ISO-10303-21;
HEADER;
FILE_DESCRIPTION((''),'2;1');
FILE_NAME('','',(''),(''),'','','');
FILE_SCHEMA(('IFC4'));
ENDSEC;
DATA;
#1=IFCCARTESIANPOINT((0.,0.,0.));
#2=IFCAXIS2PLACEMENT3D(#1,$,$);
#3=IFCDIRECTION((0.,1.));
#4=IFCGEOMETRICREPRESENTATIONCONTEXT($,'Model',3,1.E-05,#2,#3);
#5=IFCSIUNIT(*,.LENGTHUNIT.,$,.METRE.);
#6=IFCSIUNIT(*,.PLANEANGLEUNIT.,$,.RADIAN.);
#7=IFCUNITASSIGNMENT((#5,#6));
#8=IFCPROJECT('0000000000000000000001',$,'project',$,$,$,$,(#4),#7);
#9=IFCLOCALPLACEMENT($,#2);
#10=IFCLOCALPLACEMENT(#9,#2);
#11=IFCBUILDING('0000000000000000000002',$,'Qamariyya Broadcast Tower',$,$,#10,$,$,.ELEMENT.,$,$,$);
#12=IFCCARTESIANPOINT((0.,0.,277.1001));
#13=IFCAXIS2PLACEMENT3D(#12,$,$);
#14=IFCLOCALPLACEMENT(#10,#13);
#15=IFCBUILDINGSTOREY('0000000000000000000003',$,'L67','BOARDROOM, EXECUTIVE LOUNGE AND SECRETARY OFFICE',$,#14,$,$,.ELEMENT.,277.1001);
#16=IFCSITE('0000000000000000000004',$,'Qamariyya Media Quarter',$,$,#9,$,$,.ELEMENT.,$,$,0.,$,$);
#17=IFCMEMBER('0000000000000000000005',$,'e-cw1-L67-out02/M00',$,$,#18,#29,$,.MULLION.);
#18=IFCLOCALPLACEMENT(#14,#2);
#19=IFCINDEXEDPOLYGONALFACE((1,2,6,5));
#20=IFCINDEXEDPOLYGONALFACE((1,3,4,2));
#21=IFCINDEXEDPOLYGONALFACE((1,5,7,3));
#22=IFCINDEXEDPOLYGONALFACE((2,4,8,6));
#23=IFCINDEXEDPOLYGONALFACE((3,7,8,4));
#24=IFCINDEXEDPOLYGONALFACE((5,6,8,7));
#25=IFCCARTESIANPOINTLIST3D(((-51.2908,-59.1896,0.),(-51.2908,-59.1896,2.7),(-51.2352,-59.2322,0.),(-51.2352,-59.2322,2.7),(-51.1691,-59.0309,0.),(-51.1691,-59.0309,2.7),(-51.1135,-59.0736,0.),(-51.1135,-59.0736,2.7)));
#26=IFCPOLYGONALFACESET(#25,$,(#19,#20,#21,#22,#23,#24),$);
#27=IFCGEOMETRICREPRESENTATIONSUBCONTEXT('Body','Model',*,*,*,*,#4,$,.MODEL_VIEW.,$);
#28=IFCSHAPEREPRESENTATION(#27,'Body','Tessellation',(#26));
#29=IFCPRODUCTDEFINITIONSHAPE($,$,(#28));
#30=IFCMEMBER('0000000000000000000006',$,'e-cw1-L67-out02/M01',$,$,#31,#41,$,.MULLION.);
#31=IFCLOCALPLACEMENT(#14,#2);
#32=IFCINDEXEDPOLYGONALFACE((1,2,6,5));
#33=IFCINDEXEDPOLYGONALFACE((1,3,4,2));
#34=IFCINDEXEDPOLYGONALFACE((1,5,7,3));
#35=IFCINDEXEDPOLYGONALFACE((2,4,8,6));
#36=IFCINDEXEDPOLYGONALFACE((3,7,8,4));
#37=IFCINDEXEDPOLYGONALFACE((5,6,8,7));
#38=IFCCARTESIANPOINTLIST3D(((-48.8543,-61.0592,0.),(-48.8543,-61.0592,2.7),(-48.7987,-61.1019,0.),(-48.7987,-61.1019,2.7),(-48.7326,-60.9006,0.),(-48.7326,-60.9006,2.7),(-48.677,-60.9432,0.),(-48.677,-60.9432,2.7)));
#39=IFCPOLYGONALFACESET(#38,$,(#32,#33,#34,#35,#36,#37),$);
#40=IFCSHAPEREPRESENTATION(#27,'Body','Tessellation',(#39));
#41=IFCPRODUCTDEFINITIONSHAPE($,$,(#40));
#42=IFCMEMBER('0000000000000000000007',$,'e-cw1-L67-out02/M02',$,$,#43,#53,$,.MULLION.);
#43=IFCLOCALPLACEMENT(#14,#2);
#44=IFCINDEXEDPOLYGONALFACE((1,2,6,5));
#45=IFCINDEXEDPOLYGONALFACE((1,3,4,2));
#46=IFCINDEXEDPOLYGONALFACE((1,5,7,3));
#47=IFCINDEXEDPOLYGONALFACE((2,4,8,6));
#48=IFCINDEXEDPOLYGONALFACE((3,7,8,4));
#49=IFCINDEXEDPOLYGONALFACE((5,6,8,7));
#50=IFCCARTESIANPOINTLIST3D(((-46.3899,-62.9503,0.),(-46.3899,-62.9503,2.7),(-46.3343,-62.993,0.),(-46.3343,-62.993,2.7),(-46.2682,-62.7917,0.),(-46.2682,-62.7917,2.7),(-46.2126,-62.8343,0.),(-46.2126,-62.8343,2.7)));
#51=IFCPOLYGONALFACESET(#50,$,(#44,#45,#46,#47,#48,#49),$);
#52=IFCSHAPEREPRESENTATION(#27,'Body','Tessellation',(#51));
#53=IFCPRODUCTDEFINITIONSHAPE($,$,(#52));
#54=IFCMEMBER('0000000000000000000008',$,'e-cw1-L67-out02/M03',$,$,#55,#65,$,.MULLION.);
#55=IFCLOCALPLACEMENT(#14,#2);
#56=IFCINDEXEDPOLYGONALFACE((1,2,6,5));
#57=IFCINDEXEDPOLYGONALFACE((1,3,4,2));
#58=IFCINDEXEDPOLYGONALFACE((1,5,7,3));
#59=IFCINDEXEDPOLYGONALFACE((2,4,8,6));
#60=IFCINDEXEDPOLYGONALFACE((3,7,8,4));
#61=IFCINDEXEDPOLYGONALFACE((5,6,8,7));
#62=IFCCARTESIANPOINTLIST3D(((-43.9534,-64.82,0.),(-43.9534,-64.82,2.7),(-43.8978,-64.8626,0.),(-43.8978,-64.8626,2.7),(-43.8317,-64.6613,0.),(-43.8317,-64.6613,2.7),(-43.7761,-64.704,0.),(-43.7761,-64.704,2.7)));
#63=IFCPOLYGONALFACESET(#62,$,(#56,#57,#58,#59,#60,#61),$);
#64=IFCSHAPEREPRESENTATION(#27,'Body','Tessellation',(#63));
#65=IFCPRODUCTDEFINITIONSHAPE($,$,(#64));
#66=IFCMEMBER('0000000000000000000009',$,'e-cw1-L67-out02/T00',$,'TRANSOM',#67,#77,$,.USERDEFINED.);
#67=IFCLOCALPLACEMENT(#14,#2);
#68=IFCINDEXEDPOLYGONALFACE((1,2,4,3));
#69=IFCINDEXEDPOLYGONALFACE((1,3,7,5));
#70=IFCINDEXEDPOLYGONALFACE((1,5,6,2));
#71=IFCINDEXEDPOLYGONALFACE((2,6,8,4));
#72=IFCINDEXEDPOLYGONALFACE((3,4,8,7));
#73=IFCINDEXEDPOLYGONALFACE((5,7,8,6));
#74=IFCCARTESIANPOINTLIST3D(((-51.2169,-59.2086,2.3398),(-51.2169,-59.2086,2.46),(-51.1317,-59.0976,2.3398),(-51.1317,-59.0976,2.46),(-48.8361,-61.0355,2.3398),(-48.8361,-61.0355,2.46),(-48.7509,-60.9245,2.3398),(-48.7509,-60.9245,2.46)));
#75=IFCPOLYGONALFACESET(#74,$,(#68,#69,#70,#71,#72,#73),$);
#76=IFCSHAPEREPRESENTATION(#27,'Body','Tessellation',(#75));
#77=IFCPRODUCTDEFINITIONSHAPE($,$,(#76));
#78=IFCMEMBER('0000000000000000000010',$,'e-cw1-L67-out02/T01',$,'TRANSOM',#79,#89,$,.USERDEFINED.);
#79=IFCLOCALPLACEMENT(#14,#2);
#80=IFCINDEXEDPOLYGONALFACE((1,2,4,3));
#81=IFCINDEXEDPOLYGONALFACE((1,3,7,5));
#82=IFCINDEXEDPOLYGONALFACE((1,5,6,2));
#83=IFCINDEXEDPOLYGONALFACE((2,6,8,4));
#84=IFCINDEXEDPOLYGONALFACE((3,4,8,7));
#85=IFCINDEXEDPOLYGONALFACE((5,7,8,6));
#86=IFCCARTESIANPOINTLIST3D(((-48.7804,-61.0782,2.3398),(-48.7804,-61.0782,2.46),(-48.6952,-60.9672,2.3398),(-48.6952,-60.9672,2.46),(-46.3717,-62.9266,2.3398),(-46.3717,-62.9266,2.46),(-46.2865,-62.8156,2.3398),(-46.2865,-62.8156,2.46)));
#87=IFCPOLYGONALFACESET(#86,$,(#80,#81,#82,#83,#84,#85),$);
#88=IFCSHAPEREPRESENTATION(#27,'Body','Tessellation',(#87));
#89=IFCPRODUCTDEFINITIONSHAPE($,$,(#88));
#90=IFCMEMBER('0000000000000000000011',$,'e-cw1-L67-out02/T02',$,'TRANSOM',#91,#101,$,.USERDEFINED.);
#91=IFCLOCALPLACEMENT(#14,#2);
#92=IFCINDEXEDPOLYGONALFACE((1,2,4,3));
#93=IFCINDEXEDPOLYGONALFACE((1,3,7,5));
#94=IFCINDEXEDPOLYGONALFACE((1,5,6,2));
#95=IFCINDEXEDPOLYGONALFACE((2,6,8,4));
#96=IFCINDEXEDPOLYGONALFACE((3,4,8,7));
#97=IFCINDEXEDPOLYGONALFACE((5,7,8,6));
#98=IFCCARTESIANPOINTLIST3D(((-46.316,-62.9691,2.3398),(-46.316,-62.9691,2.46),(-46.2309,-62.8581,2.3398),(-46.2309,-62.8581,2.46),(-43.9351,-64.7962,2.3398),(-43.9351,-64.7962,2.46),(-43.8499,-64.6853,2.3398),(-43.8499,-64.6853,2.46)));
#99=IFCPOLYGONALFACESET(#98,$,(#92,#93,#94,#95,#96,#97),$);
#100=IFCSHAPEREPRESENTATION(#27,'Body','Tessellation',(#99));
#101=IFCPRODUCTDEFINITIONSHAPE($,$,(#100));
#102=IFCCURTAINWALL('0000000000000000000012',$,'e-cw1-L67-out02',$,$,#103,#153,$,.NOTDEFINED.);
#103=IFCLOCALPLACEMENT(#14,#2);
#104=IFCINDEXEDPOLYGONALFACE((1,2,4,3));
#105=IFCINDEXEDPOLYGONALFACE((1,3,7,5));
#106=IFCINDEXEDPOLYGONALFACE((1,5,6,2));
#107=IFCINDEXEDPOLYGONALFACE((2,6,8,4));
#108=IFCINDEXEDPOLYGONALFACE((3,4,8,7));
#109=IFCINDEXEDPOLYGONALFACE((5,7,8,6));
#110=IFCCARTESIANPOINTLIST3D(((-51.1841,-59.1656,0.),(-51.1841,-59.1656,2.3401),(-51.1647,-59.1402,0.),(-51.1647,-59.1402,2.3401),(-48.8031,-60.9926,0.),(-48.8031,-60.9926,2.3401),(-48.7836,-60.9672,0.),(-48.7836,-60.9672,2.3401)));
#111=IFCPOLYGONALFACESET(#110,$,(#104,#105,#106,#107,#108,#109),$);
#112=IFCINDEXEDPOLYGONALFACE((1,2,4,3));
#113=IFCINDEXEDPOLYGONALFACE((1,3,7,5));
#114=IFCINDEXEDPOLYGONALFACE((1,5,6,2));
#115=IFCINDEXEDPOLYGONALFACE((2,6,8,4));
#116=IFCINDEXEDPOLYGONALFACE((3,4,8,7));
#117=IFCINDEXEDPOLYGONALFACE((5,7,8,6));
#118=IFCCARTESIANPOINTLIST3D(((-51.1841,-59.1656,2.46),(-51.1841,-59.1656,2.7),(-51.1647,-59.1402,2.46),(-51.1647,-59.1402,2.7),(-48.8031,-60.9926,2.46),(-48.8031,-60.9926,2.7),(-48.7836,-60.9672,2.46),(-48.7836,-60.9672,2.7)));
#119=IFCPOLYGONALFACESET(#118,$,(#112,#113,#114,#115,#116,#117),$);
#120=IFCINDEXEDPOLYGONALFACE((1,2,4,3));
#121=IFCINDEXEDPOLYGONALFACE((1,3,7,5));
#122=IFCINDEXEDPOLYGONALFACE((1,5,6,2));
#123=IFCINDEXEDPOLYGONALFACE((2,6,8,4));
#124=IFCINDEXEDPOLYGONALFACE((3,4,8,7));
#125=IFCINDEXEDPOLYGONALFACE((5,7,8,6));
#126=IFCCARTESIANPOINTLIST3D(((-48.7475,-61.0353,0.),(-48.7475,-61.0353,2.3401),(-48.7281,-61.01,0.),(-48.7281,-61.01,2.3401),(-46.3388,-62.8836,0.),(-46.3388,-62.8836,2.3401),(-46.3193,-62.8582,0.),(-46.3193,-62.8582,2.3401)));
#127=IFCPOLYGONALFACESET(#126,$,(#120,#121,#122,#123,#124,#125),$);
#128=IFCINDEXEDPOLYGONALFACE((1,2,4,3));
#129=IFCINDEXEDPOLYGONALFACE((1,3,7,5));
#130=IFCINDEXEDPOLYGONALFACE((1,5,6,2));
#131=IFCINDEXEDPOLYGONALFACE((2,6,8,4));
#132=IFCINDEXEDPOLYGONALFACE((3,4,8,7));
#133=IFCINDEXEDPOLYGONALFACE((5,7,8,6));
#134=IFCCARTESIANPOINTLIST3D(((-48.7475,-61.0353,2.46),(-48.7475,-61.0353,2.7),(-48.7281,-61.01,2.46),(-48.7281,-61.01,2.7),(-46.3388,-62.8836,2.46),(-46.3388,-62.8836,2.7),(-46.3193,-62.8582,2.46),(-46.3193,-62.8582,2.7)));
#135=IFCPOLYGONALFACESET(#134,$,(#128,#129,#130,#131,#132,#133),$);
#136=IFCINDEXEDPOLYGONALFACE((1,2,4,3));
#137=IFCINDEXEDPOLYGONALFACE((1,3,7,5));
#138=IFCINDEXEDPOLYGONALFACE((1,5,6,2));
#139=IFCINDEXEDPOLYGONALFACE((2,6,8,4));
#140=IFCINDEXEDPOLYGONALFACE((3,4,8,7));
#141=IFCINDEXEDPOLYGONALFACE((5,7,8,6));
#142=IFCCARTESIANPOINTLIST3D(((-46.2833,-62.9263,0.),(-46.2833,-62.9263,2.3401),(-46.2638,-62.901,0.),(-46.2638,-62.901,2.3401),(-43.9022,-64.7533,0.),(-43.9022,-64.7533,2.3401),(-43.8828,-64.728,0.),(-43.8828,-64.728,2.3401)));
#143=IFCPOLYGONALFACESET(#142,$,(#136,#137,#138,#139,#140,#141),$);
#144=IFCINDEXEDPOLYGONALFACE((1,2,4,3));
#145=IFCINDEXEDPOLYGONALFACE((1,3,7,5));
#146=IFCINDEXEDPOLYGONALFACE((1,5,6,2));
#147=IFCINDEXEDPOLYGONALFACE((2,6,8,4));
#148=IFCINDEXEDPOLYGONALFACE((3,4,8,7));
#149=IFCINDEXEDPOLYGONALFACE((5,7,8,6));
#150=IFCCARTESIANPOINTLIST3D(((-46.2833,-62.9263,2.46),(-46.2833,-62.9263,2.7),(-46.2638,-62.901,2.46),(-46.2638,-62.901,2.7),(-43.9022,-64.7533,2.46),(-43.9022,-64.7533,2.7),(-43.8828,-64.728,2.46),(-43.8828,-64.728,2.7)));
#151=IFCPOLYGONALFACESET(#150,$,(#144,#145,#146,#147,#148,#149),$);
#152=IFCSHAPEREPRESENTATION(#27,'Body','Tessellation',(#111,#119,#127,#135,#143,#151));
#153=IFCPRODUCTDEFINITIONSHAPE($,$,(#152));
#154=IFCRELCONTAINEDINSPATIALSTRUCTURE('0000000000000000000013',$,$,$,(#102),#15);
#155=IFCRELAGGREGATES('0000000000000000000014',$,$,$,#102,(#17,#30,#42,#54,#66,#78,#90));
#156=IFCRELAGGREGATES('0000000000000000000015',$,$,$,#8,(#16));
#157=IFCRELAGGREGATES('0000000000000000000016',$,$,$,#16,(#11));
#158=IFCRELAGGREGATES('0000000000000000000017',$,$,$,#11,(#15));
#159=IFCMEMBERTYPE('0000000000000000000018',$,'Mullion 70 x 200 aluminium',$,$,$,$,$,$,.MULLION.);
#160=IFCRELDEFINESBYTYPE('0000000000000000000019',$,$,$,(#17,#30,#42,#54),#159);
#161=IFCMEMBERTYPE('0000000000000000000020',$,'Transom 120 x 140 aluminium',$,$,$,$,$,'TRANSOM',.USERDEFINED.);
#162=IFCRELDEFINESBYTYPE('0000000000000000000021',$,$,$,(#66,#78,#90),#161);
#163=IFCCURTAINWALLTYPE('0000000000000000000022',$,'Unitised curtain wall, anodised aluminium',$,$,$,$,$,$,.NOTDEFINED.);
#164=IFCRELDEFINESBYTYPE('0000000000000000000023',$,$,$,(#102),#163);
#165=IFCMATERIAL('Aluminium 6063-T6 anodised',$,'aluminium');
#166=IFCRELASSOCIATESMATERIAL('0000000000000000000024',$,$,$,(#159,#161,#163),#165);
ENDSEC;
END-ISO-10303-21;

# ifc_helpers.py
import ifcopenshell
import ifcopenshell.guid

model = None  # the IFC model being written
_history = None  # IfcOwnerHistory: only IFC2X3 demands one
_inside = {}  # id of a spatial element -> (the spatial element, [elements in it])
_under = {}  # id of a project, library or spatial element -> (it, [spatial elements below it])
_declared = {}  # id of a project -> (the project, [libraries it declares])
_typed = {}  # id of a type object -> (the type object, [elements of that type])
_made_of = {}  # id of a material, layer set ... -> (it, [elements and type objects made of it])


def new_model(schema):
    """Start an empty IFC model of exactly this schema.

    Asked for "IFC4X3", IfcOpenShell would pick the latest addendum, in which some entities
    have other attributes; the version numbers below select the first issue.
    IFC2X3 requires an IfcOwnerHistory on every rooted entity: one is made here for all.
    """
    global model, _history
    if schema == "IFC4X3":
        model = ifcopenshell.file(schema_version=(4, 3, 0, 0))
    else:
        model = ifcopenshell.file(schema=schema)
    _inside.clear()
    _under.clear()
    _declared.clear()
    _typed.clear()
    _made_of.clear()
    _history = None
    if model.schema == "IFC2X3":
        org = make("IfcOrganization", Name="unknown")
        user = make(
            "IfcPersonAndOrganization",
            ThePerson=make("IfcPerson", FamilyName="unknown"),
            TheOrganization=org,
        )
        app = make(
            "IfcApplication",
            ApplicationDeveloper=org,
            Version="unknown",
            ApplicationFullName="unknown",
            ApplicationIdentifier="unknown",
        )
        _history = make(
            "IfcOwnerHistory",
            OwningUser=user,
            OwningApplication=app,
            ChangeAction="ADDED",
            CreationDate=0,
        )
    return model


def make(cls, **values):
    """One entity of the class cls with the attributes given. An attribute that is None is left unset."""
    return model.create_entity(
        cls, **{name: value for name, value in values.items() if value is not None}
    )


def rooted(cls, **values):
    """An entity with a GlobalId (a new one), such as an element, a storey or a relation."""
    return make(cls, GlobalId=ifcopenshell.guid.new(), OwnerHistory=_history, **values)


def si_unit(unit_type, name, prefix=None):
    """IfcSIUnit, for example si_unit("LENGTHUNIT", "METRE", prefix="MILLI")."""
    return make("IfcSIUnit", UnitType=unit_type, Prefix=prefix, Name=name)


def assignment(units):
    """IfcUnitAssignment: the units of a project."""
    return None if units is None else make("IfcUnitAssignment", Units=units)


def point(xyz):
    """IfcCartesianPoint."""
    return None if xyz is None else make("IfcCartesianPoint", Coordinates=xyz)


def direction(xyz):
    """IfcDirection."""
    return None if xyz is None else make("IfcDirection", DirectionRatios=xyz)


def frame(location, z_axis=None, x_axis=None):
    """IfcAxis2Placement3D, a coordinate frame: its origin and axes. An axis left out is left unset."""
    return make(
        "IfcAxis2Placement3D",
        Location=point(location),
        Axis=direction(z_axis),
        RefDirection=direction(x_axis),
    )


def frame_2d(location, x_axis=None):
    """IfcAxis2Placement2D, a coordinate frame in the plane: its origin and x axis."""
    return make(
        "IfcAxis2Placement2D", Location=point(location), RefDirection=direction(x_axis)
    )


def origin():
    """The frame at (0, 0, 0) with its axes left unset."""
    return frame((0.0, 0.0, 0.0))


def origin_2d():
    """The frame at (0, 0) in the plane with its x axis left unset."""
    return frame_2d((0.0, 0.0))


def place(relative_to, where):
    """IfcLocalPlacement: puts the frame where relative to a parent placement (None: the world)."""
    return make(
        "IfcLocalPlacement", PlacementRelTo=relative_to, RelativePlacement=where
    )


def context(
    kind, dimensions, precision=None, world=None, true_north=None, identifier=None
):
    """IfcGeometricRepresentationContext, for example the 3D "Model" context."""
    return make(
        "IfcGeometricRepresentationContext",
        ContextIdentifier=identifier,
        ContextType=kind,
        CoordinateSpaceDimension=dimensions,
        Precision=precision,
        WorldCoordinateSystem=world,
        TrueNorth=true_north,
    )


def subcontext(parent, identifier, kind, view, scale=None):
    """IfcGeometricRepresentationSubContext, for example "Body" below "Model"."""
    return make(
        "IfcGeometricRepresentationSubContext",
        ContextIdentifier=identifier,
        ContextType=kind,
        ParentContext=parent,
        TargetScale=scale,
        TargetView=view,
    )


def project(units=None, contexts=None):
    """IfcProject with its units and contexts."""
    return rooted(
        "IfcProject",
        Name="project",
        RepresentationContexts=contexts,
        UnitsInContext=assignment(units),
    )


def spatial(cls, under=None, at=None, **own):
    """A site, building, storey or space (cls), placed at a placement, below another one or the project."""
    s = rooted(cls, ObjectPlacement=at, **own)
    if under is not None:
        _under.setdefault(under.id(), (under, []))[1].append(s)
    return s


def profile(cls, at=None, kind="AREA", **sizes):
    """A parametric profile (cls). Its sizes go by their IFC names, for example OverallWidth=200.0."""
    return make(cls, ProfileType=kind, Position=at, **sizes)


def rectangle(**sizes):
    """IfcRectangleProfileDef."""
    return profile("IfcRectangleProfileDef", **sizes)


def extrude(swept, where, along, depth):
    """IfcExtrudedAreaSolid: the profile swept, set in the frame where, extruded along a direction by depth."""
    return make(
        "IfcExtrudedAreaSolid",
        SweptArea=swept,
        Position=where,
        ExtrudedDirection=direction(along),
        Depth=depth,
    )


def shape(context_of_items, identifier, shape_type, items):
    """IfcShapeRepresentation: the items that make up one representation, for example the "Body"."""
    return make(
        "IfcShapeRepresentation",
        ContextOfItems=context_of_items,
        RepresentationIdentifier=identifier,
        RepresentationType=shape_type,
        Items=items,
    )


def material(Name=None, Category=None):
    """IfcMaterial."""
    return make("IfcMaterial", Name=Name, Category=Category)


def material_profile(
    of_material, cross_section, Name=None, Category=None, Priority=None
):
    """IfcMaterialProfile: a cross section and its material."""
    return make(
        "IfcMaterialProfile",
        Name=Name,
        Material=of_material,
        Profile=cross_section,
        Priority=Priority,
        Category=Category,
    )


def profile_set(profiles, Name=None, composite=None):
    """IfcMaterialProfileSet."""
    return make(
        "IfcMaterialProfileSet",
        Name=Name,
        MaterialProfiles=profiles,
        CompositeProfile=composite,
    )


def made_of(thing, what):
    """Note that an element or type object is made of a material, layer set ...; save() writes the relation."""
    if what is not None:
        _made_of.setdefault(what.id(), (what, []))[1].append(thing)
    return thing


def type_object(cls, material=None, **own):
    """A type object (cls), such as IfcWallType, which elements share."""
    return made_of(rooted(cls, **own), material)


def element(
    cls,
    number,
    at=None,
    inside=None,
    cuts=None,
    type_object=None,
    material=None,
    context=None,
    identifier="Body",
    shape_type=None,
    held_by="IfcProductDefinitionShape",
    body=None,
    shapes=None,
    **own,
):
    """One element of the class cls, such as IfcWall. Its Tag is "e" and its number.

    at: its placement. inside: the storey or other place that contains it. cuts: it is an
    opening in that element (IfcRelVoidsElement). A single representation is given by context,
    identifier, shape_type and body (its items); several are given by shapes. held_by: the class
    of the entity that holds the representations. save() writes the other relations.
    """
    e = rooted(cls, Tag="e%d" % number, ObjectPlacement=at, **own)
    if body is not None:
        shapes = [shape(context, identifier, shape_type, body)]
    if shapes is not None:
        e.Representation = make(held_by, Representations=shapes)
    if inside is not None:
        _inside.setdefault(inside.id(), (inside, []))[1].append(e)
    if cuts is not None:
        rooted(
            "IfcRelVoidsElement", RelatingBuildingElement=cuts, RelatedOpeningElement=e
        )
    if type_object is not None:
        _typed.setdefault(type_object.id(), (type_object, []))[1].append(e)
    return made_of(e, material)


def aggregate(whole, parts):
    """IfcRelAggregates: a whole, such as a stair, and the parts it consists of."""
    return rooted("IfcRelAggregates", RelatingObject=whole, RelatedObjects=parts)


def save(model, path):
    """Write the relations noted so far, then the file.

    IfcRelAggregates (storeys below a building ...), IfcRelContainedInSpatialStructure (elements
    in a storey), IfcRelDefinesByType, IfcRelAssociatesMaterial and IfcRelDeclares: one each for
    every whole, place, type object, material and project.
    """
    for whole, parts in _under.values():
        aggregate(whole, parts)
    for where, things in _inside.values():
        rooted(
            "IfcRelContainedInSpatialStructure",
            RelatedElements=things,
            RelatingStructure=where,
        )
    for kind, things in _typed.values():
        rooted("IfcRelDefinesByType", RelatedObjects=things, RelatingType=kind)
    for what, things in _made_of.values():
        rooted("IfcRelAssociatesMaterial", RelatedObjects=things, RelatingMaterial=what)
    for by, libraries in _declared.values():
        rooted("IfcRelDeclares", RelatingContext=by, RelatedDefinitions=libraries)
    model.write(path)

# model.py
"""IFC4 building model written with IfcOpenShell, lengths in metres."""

from ifc_helpers import new_model, si_unit, direction, frame, origin, origin_2d, place, context, subcontext, project, spatial, rectangle, extrude, material, material_profile, profile_set, type_object, element, aggregate, save


model = new_model("IFC4")

# Units and contexts
model_context = context("Model", 3, precision=1e-05, world=origin(), true_north=direction((0.0, 1.0)))
body_context = subcontext(model_context, "Body", "Model", "MODEL_VIEW")
ifc_project = project(units=[si_unit("LENGTHUNIT", "METRE"), si_unit("PLANEANGLEUNIT", "RADIAN")], contexts=[model_context])

# Members
ifc_material_1 = material(Name="Aluminium 6063-T6 anodised", Category="aluminium")
ifc_material_profile_1 = material_profile(ifc_material_1, rectangle(XDim=0.2, YDim=0.0701, at=origin_2d()))
ifc_profile_set_1 = profile_set([ifc_material_profile_1], Name="Aluminium 6063-T6 anodised")
member_type_1 = type_object("IfcMemberType", Name="Mullion 70 x 200 aluminium", PredefinedType="MULLION", material=ifc_profile_set_1)
site_placement = place(None, origin())
building_placement = place(site_placement, origin())
storey_placement = place(building_placement, frame((0.0, 0.0, 277.1001)))
member_1_placement = place(storey_placement, frame((-51.2021, -59.1316, 0.0), z_axis=(0.0, 0.0, 1.0), x_axis=(0.608761, 0.793353, 0.0)))
member_1 = element("IfcMember", 1, at=member_1_placement, type_object=member_type_1, Name="e-cw1-L67-out02/M00", PredefinedType="MULLION", context=body_context, shape_type="SweptSolid", body=[
    extrude(rectangle(XDim=0.2, YDim=0.0701, at=origin_2d()), origin(), (0.0, 0.0, 1.0), 2.7),
])
member_2_placement = place(storey_placement, frame((-48.7656, -61.0012, 0.0), z_axis=(0.0, 0.0, 1.0), x_axis=(0.608761, 0.793353, 0.0)))
member_2 = element("IfcMember", 2, at=member_2_placement, type_object=member_type_1, Name="e-cw1-L67-out02/M01", PredefinedType="MULLION", context=body_context, shape_type="SweptSolid", body=[
    extrude(rectangle(XDim=0.2, YDim=0.0701, at=origin_2d()), origin(), (0.0, 0.0, 1.0), 2.7),
])
member_3_placement = place(storey_placement, frame((-46.3013, -62.8923, 0.0), z_axis=(0.0, 0.0, 1.0), x_axis=(0.608761, 0.793353, 0.0)))
member_3 = element("IfcMember", 3, at=member_3_placement, type_object=member_type_1, Name="e-cw1-L67-out02/M02", PredefinedType="MULLION", context=body_context, shape_type="SweptSolid", body=[
    extrude(rectangle(XDim=0.2, YDim=0.0701, at=origin_2d()), origin(), (0.0, 0.0, 1.0), 2.7),
])
member_4_placement = place(storey_placement, frame((-43.8647, -64.762, 0.0), z_axis=(0.0, 0.0, 1.0), x_axis=(0.608761, 0.793353, 0.0)))
member_4 = element("IfcMember", 4, at=member_4_placement, type_object=member_type_1, Name="e-cw1-L67-out02/M03", PredefinedType="MULLION", context=body_context, shape_type="SweptSolid", body=[
    extrude(rectangle(XDim=0.2, YDim=0.0701, at=origin_2d()), origin(), (0.0, 0.0, 1.0), 2.7),
])
ifc_material_profile_2 = material_profile(ifc_material_1, rectangle(XDim=0.1399, YDim=0.1201, at=origin_2d()))
ifc_profile_set_2 = profile_set([ifc_material_profile_2], Name="Aluminium 6063-T6 anodised")
member_type_2 = type_object("IfcMemberType", Name="Transom 120 x 140 aluminium", ElementType="TRANSOM", PredefinedType="USERDEFINED", material=ifc_profile_set_2)
member_5_placement = place(storey_placement, frame((-51.1743, -59.1531, 2.3999), z_axis=(0.793352, -0.608763, 0.0), x_axis=(0.608763, 0.793352, 0.0)))
member_5 = element("IfcMember", 5, at=member_5_placement, type_object=member_type_2, Name="e-cw1-L67-out02/T00", ObjectType="TRANSOM", PredefinedType="USERDEFINED", context=body_context, shape_type="SweptSolid", body=[
    extrude(rectangle(XDim=0.1399, YDim=0.1201, at=origin_2d()), origin(), (0.0, 0.0, 1.0), 3.001),
])
member_6_placement = place(storey_placement, frame((-48.7378, -61.0227, 2.3999), z_axis=(0.793332, -0.608789, 0.0), x_axis=(0.608789, 0.793332, 0.0)))
member_6 = element("IfcMember", 6, at=member_6_placement, type_object=member_type_2, Name="e-cw1-L67-out02/T01", ObjectType="TRANSOM", PredefinedType="USERDEFINED", context=body_context, shape_type="SweptSolid", body=[
    extrude(rectangle(XDim=0.1399, YDim=0.1201, at=origin_2d()), origin(), (0.0, 0.0, 1.0), 3.0361),
])
member_7_placement = place(storey_placement, frame((-46.2734, -62.9136, 2.3999), z_axis=(0.793313, -0.608814, 0.0), x_axis=(0.608814, 0.793313, 0.0)))
member_7 = element("IfcMember", 7, at=member_7_placement, type_object=member_type_2, Name="e-cw1-L67-out02/T02", ObjectType="TRANSOM", PredefinedType="USERDEFINED", context=body_context, shape_type="SweptSolid", body=[
    extrude(rectangle(XDim=0.1399, YDim=0.1201, at=origin_2d()), origin(), (0.0, 0.0, 1.0), 3.0012),
])

# Site, building, storey
site = spatial("IfcSite", under=ifc_project, at=site_placement, Name="Qamariyya Media Quarter", CompositionType="ELEMENT", RefElevation=0.0)
building = spatial("IfcBuilding", under=site, at=building_placement, Name="Qamariyya Broadcast Tower", CompositionType="ELEMENT")
storey = spatial("IfcBuildingStorey", under=building, at=storey_placement, Name="L67", Description="BOARDROOM, EXECUTIVE LOUNGE AND SECRETARY OFFICE", CompositionType="ELEMENT", Elevation=277.1001)

# Curtain wall
curtain_wall_type = type_object("IfcCurtainWallType", Name="Unitised curtain wall, anodised aluminium", PredefinedType="NOTDEFINED", material=ifc_material_1)
curtain_wall_1_placement = place(storey_placement, origin())
curtain_wall_1 = element("IfcCurtainWall", 8, at=curtain_wall_1_placement, inside=storey, type_object=curtain_wall_type, Name="e-cw1-L67-out02", PredefinedType="NOTDEFINED", context=body_context, shape_type="SweptSolid", body=[
    extrude(rectangle(XDim=3.0012, YDim=0.032, at=origin_2d()), frame((-49.9839, -60.0664, 0.0), x_axis=(0.793356, -0.608758, 0.0)), (0.0, 0.0, 1.0), 2.3401),
    extrude(rectangle(XDim=3.0012, YDim=0.032, at=origin_2d()), frame((-49.9839, -60.0664, 2.46), x_axis=(0.793356, -0.608758, 0.0)), (0.0, 0.0, 1.0), 0.24),
    extrude(rectangle(XDim=3.0361, YDim=0.032, at=origin_2d()), frame((-47.5334, -61.9468, 0.0), x_axis=(0.793356, -0.608758, 0.0)), (0.0, 0.0, 1.0), 2.3401),
    extrude(rectangle(XDim=3.0361, YDim=0.032, at=origin_2d()), frame((-47.5334, -61.9468, 2.46), x_axis=(0.793356, -0.608758, 0.0)), (0.0, 0.0, 1.0), 0.24),
    extrude(rectangle(XDim=3.0012, YDim=0.032, at=origin_2d()), frame((-45.083, -63.8271, 0.0), x_axis=(0.793356, -0.608758, 0.0)), (0.0, 0.0, 1.0), 2.3401),
    extrude(rectangle(XDim=3.0012, YDim=0.032, at=origin_2d()), frame((-45.083, -63.8271, 2.46), x_axis=(0.793356, -0.608758, 0.0)), (0.0, 0.0, 1.0), 0.24),
])
aggregate(curtain_wall_1, [member_1, member_2, member_3, member_4, member_5, member_6, member_7])

save(model, "model.ifc")
